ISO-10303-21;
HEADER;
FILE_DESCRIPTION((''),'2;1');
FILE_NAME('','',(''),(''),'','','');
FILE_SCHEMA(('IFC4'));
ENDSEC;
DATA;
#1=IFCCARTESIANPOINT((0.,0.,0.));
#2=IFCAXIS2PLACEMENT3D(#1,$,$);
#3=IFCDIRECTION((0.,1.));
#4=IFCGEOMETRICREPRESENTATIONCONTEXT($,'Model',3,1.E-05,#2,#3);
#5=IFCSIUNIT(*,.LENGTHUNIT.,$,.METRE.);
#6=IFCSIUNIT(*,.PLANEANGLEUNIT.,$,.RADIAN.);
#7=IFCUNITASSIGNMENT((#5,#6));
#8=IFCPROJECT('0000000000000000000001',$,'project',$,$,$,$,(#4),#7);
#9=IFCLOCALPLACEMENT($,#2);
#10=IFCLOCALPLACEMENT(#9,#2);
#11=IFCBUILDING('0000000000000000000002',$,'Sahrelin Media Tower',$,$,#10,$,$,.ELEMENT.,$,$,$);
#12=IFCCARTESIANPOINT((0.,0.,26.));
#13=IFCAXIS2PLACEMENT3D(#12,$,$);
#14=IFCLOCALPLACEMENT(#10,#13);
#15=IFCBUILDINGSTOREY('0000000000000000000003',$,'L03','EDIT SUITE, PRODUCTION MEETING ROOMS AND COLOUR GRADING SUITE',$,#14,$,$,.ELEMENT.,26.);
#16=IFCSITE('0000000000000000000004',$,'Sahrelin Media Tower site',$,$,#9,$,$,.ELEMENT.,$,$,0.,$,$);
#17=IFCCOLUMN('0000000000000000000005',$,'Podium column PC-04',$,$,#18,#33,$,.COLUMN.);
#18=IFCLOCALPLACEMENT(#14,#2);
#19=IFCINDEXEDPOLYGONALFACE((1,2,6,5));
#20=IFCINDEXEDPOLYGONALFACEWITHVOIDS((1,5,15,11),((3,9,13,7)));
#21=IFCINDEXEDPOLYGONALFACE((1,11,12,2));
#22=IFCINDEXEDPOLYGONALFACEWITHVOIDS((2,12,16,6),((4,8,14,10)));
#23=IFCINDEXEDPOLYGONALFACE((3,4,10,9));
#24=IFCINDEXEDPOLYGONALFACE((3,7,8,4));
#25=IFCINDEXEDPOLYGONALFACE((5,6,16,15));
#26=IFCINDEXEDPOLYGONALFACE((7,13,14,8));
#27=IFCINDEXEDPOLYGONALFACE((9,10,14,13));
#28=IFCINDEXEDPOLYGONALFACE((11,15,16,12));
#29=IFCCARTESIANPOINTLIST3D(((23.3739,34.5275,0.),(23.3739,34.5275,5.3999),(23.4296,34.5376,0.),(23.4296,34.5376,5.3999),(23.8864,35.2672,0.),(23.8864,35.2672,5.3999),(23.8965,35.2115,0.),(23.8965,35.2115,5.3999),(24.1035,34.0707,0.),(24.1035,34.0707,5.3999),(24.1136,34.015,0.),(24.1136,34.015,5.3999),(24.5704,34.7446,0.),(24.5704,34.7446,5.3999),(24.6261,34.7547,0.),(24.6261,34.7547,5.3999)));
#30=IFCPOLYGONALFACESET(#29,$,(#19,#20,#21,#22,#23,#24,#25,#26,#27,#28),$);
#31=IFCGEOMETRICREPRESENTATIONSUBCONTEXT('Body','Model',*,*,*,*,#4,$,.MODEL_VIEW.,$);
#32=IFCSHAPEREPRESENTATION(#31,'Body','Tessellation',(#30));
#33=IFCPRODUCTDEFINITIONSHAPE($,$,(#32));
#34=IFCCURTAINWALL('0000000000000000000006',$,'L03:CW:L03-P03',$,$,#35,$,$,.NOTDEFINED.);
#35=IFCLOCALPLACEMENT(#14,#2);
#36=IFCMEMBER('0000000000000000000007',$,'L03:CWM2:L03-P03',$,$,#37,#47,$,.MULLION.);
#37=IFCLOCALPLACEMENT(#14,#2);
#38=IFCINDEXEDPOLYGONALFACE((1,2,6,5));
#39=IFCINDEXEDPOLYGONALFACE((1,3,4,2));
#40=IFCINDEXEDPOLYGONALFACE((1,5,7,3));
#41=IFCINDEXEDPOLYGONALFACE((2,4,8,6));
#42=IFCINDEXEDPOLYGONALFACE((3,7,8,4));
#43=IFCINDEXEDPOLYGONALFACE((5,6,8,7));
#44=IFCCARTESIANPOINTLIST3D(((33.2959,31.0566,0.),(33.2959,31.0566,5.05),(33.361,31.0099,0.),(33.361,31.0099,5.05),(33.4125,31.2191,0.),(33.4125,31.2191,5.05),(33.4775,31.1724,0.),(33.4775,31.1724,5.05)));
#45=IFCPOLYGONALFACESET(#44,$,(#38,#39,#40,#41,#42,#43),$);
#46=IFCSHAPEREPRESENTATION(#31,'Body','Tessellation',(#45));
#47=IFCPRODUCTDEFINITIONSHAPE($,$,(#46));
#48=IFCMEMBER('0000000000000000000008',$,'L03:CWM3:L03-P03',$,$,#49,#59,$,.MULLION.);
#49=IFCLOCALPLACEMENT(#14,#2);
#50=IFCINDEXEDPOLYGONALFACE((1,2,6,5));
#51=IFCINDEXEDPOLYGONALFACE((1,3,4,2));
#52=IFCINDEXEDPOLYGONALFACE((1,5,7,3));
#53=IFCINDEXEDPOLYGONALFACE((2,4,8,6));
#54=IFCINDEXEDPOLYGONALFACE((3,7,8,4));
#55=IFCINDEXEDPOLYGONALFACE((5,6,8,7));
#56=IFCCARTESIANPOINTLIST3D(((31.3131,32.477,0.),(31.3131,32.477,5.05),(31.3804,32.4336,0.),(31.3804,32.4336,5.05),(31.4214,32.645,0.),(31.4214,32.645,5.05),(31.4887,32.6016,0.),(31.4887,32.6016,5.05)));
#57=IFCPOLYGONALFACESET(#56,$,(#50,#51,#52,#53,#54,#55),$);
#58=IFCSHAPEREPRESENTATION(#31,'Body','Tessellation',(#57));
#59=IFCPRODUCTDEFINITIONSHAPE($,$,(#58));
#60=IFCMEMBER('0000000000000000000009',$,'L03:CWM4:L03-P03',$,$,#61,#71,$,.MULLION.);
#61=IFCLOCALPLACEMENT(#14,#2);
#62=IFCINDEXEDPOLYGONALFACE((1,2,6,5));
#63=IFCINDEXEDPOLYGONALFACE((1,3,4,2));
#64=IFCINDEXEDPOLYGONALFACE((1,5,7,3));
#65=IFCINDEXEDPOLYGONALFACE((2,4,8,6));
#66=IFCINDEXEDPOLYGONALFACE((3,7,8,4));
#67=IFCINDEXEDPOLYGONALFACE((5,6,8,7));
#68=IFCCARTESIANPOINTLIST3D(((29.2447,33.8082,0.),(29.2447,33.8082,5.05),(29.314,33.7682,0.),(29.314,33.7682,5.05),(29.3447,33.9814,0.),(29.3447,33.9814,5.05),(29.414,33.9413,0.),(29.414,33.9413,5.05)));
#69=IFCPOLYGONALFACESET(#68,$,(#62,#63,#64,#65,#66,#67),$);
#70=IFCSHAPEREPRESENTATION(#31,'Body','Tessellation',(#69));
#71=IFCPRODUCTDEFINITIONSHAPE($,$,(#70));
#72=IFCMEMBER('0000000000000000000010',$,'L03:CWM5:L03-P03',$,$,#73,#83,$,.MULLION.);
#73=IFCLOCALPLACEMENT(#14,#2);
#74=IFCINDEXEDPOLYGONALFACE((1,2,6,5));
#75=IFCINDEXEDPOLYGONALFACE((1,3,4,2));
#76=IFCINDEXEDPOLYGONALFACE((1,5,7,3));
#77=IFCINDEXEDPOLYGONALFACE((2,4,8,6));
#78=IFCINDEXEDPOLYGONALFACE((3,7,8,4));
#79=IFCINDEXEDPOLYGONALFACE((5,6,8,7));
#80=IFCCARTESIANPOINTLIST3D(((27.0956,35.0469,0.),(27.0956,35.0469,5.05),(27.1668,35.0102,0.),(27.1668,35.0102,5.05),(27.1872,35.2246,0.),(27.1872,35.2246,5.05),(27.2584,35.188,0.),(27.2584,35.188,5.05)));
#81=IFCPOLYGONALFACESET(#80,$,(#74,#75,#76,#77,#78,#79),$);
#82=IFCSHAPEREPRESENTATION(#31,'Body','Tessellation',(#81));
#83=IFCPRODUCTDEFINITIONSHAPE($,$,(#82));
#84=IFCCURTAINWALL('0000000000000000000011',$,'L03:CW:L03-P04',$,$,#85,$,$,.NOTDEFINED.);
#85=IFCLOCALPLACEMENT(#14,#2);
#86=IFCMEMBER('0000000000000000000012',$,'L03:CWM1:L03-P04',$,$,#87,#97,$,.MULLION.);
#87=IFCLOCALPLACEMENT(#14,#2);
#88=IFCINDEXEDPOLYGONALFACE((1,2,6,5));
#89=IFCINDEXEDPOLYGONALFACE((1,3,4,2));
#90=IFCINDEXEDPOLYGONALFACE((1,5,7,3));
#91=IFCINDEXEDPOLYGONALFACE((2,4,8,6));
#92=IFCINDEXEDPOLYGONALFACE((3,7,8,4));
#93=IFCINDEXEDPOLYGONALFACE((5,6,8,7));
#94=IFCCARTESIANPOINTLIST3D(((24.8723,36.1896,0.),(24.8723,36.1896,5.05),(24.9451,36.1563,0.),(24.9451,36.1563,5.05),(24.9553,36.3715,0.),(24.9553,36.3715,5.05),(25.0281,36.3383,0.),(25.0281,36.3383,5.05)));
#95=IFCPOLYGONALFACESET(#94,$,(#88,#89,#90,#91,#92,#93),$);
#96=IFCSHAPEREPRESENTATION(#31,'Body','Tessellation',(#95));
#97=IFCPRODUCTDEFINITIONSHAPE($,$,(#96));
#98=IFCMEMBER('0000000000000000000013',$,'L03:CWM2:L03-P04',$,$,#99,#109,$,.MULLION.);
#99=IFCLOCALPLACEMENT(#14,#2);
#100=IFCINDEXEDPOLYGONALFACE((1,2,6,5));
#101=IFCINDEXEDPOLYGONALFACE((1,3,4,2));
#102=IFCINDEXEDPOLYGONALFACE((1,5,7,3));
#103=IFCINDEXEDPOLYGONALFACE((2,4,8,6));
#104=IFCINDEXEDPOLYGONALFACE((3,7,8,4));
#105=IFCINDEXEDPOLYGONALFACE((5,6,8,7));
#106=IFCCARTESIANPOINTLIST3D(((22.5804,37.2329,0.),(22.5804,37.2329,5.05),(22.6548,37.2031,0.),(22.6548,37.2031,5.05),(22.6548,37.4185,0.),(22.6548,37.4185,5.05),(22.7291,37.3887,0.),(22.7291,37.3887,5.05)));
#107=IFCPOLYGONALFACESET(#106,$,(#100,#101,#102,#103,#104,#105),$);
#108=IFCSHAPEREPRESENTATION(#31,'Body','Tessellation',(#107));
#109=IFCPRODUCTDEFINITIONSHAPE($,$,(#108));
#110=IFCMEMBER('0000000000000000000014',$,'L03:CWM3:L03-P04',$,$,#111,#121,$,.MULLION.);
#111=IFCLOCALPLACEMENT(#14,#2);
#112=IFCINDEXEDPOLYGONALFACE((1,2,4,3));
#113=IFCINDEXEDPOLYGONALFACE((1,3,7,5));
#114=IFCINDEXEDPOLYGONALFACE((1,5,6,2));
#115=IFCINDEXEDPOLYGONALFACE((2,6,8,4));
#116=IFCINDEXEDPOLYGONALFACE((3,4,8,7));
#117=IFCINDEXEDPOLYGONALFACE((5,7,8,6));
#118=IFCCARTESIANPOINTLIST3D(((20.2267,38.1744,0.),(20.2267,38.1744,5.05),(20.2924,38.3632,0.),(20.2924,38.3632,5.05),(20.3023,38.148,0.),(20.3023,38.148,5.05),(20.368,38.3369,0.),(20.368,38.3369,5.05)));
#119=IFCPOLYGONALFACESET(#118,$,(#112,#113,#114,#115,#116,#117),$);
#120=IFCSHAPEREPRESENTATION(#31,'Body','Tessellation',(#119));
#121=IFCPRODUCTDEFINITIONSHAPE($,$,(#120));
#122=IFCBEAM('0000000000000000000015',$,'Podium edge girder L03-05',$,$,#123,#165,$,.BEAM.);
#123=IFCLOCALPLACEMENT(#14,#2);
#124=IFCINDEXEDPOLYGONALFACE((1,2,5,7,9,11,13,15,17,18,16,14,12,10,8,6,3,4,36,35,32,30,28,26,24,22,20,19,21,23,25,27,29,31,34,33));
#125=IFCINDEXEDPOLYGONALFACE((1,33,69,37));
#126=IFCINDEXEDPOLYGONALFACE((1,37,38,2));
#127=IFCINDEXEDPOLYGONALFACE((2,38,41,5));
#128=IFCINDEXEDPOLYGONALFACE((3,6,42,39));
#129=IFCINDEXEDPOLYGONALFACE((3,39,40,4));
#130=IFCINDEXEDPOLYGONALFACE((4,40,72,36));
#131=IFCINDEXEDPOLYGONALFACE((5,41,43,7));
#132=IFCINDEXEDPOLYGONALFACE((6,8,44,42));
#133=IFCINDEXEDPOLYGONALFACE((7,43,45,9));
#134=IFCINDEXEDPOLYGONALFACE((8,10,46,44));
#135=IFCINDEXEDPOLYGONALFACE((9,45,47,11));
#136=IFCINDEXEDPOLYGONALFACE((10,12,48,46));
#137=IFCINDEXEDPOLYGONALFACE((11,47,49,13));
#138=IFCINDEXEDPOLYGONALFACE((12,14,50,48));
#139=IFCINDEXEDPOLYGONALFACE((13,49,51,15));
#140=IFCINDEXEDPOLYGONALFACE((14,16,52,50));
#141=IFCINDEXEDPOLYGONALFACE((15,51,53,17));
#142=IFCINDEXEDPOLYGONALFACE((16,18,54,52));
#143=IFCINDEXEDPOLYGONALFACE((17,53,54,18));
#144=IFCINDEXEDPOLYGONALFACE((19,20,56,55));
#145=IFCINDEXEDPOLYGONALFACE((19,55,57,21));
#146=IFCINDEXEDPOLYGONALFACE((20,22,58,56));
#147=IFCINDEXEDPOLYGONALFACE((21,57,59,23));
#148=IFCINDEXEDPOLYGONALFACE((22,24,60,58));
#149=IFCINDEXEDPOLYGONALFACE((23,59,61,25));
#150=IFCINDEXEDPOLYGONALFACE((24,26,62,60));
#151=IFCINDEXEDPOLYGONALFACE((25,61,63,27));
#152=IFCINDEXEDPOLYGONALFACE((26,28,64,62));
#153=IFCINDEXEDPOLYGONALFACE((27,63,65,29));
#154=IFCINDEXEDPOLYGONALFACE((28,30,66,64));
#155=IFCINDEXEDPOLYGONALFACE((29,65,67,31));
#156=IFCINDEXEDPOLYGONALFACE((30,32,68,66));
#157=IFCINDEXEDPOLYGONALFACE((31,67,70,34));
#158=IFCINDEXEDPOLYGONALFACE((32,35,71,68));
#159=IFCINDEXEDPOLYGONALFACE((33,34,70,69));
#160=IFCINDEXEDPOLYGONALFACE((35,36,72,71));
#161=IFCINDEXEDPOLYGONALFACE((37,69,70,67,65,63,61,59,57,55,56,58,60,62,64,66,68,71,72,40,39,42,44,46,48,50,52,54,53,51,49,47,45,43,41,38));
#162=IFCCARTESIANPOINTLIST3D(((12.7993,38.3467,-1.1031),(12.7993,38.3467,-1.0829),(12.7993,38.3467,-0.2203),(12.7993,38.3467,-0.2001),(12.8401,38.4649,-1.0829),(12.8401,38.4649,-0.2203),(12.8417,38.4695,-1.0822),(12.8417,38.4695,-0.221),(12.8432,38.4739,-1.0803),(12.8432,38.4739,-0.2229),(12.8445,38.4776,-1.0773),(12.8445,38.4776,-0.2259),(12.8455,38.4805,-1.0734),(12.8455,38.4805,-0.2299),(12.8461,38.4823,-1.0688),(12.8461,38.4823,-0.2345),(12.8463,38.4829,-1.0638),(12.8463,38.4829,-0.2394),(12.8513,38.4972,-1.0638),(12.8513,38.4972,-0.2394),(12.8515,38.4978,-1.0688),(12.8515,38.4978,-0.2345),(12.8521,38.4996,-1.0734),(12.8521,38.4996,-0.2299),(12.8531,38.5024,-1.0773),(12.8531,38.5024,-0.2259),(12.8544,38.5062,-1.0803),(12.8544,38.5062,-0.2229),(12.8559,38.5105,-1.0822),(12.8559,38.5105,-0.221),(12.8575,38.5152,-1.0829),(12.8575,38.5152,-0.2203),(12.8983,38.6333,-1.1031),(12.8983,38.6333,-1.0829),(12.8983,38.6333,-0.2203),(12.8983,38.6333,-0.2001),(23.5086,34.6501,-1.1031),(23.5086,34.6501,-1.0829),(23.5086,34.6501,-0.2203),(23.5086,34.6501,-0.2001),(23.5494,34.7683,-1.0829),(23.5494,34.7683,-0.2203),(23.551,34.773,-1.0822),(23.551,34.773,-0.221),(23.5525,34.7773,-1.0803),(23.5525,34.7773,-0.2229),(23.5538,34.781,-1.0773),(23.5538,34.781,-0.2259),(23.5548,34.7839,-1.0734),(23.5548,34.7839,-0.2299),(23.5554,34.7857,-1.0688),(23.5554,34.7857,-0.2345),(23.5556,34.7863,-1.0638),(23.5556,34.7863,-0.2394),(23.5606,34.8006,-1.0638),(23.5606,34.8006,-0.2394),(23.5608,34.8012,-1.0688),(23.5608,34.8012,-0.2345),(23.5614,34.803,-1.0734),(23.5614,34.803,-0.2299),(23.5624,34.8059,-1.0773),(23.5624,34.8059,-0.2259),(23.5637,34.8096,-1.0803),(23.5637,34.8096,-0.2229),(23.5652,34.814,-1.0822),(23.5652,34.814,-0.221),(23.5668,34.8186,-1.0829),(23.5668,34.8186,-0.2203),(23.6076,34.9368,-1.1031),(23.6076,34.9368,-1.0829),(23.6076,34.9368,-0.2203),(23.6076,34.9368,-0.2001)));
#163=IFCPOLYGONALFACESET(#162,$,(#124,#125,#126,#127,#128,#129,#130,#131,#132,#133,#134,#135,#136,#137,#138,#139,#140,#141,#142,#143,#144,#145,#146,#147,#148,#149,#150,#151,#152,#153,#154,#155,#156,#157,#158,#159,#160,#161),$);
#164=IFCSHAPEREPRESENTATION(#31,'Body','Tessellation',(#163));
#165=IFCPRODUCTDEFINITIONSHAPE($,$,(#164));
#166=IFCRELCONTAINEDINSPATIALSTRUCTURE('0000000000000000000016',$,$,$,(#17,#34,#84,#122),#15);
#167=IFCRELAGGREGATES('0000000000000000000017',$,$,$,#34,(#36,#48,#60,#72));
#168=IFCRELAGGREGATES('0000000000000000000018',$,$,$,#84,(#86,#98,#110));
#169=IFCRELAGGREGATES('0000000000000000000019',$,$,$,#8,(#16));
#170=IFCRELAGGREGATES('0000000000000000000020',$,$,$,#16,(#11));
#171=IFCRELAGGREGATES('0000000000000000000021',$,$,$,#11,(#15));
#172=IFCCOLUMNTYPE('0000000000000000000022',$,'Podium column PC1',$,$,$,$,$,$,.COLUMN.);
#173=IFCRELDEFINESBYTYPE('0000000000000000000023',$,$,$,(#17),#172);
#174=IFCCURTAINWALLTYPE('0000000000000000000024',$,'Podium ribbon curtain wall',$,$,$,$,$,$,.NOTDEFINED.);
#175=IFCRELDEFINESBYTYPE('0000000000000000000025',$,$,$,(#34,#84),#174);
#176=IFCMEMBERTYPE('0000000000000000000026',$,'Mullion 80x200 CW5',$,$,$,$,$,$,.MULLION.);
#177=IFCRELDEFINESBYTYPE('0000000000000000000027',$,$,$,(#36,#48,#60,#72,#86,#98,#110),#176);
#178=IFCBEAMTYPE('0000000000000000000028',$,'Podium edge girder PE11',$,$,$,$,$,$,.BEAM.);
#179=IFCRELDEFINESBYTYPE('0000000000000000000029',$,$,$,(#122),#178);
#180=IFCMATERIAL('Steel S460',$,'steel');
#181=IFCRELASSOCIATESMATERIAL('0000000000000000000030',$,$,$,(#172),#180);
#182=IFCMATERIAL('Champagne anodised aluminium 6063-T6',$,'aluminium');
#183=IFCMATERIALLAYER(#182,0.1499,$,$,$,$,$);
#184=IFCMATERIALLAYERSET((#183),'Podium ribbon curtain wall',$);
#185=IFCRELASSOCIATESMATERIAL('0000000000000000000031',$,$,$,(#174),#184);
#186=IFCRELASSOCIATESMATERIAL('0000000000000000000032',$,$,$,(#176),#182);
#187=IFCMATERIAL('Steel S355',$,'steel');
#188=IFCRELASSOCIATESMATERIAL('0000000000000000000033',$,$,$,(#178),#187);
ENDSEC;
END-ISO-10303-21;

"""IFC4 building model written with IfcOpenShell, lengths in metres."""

from ifc_helpers import new_model, si_unit, direction, frame, origin, origin_2d, place, context, subcontext, project, spatial, rectangle, hollow_rectangle, i_section, extrude, material, layer, layer_set, material_profile, profile_set, type_object, element, aggregate, save


model = new_model("IFC4")

# Units and contexts
model_context = context("Model", 3, precision=1e-05, world=origin(), true_north=direction((0.0, 1.0)))
body_context = subcontext(model_context, "Body", "Model", "MODEL_VIEW")
ifc_project = project(units=[si_unit("LENGTHUNIT", "METRE"), si_unit("PLANEANGLEUNIT", "RADIAN")], contexts=[model_context])

# Site, building, storey
site_placement = place(None, origin())
site = spatial("IfcSite", under=ifc_project, at=site_placement, Name="Sahrelin Media Tower site", CompositionType="ELEMENT", RefElevation=0.0)
building_placement = place(site_placement, origin())
building = spatial("IfcBuilding", under=site, at=building_placement, Name="Sahrelin Media Tower", CompositionType="ELEMENT")
storey_placement = place(building_placement, frame((0.0, 0.0, 26.0)))
storey = spatial("IfcBuildingStorey", under=building, at=storey_placement, Name="L03", Description="EDIT SUITE, PRODUCTION MEETING ROOMS AND COLOUR GRADING SUITE", CompositionType="ELEMENT", Elevation=26.0)

# Column
ifc_material_1 = material(Name="Steel S460", Category="steel")
ifc_material_profile_1 = material_profile(ifc_material_1, hollow_rectangle(XDim=0.8999, YDim=0.8999, WallThickness=0.04, at=origin_2d()), Name="Podium column PC1")
ifc_profile_set_1 = profile_set([ifc_material_profile_1], Name="Steel S460")
column_type = type_object("IfcColumnType", Name="Podium column PC1", PredefinedType="COLUMN", material=ifc_profile_set_1)
column_placement = place(storey_placement, frame((24.0, 34.6411, 0.0), z_axis=(0.0, 0.0, 1.0), x_axis=(0.569495, 0.821995, 0.0)))
element("IfcColumn", 1, at=column_placement, inside=storey, type_object=column_type, Name="Podium column PC-04", PredefinedType="COLUMN", context=body_context, shape_type="SweptSolid", body=[
    extrude(hollow_rectangle(XDim=0.8999, YDim=0.8999, WallThickness=0.04, at=origin_2d()), origin(), (0.0, 0.0, 1.0), 5.3999),
])

# Curtain walls, members
ifc_material_2 = material(Name="Champagne anodised aluminium 6063-T6", Category="aluminium")
ifc_layer_1 = layer(ifc_material_2, 0.1499)
ifc_layer_set_1 = layer_set([ifc_layer_1], Name="Podium ribbon curtain wall")
curtain_wall_type = type_object("IfcCurtainWallType", Name="Podium ribbon curtain wall", PredefinedType="NOTDEFINED", material=ifc_layer_set_1)
curtain_wall_1_placement = place(storey_placement, frame((35.3552, 29.6985, 0.0), z_axis=(0.0, 0.0, 1.0), x_axis=(1.0, 0.0, 0.0)))
curtain_wall_1 = element("IfcCurtainWall", 2, at=curtain_wall_1_placement, inside=storey, type_object=curtain_wall_type, Name="L03:CW:L03-P03", PredefinedType="NOTDEFINED")
ifc_material_profile_2 = material_profile(ifc_material_2, rectangle(XDim=0.0801, YDim=0.2, at=origin_2d()), Name="Mullion 80x200")
ifc_profile_set_2 = profile_set([ifc_material_profile_2], Name="Champagne anodised aluminium 6063-T6")
member_type_1 = type_object("IfcMemberType", Name="Mullion 80x200 CW5", PredefinedType="MULLION", material=ifc_profile_set_2)
member_1_placement = place(storey_placement, frame((33.3867, 31.1145, 0.0), z_axis=(0.0, 0.0, 1.0), x_axis=(-0.812532, 0.582916, 0.0)))
member_1 = element("IfcMember", 3, at=member_1_placement, type_object=member_type_1, Name="L03:CWM2:L03-P03", PredefinedType="MULLION", context=body_context, shape_type="SweptSolid", body=[
    extrude(rectangle(XDim=0.0801, YDim=0.2, at=origin_2d()), origin(), (0.0, 0.0, 1.0), 5.05),
])
member_2_placement = place(storey_placement, frame((31.4009, 32.5393, 0.0), z_axis=(0.0, 0.0, 1.0), x_axis=(-0.840519, 0.541782, 0.0)))
member_2 = element("IfcMember", 4, at=member_2_placement, type_object=member_type_1, Name="L03:CWM3:L03-P03", PredefinedType="MULLION", context=body_context, shape_type="SweptSolid", body=[
    extrude(rectangle(XDim=0.0801, YDim=0.2, at=origin_2d()), origin(), (0.0, 0.0, 1.0), 5.05),
])
member_3_placement = place(storey_placement, frame((29.3293, 33.8748, 0.0), z_axis=(0.0, 0.0, 1.0), x_axis=(-0.866029, 0.499994, 0.0)))
member_3 = element("IfcMember", 5, at=member_3_placement, type_object=member_type_1, Name="L03:CWM4:L03-P03", PredefinedType="MULLION", context=body_context, shape_type="SweptSolid", body=[
    extrude(rectangle(XDim=0.0801, YDim=0.2, at=origin_2d()), origin(), (0.0, 0.0, 1.0), 5.05),
])
member_4_placement = place(storey_placement, frame((27.177, 35.1174, 0.0), z_axis=(0.0, 0.0, 1.0), x_axis=(-0.889123, 0.457668, 0.0)))
member_4 = element("IfcMember", 6, at=member_4_placement, type_object=member_type_1, Name="L03:CWM5:L03-P03", PredefinedType="MULLION", context=body_context, shape_type="SweptSolid", body=[
    extrude(rectangle(XDim=0.0801, YDim=0.2, at=origin_2d()), origin(), (0.0, 0.0, 1.0), 5.05),
])
curtain_wall_2_placement = place(storey_placement, frame((25.0, 36.373, 0.0), z_axis=(0.0, 0.0, 1.0), x_axis=(1.0, 0.0, 0.0)))
curtain_wall_2 = element("IfcCurtainWall", 7, at=curtain_wall_2_placement, inside=storey, type_object=curtain_wall_type, Name="L03:CW:L03-P04", PredefinedType="NOTDEFINED")
member_5_placement = place(storey_placement, frame((24.9502, 36.2639, 0.0), z_axis=(0.0, 0.0, 1.0), x_axis=(-0.909842, 0.414955, 0.0)))
member_5 = element("IfcMember", 8, at=member_5_placement, type_object=member_type_1, Name="L03:CWM1:L03-P04", PredefinedType="MULLION", context=body_context, shape_type="SweptSolid", body=[
    extrude(rectangle(XDim=0.0801, YDim=0.2, at=origin_2d()), origin(), (0.0, 0.0, 1.0), 5.05),
])
member_6_placement = place(storey_placement, frame((22.6548, 37.3108, 0.0), z_axis=(0.0, 0.0, 1.0), x_axis=(-0.92827, 0.371906, 0.0)))
member_6 = element("IfcMember", 9, at=member_6_placement, type_object=member_type_1, Name="L03:CWM2:L03-P04", PredefinedType="MULLION", context=body_context, shape_type="SweptSolid", body=[
    extrude(rectangle(XDim=0.0801, YDim=0.2, at=origin_2d()), origin(), (0.0, 0.0, 1.0), 5.05),
])
member_7_placement = place(storey_placement, frame((20.2974, 38.2556, 0.0), z_axis=(0.0, 0.0, 1.0), x_axis=(-0.944458, 0.328631, 0.0)))
member_7 = element("IfcMember", 10, at=member_7_placement, type_object=member_type_1, Name="L03:CWM3:L03-P04", PredefinedType="MULLION", context=body_context, shape_type="SweptSolid", body=[
    extrude(rectangle(XDim=0.0801, YDim=0.2, at=origin_2d()), origin(), (0.0, 0.0, 1.0), 5.05),
])

# Beam
ifc_material_3 = material(Name="Steel S355", Category="steel")
ifc_material_profile_3 = material_profile(ifc_material_3, i_section(OverallWidth=0.3032, OverallDepth=0.9031, WebThickness=0.0151, FlangeThickness=0.0203, FilletRadius=0.019, at=origin_2d()), Name="UB 914x305x201")
ifc_profile_set_3 = profile_set([ifc_material_profile_3], Name="Steel S355")
beam_type_1 = type_object("IfcBeamType", Name="Podium edge girder PE11", PredefinedType="BEAM", material=ifc_profile_set_3)
beam_1_placement = place(storey_placement, frame((23.5581, 34.7935, -0.6516), z_axis=(-0.945272, 0.326282, 0.0), x_axis=(-0.326282, -0.945272, 0.0)))
element("IfcBeam", 11, at=beam_1_placement, inside=storey, type_object=beam_type_1, Name="Podium edge girder L03-05", PredefinedType="BEAM", context=body_context, shape_type="SweptSolid", body=[
    extrude(i_section(OverallWidth=0.3032, OverallDepth=0.9031, WebThickness=0.0151, FlangeThickness=0.0203, FilletRadius=0.019, at=origin_2d()), origin(), (0.0, 0.0, 1.0), 11.3293),
])

aggregate(curtain_wall_1, [member_1, member_2, member_3, member_4])
aggregate(curtain_wall_2, [member_5, member_6, member_7])

save(model, "model.ifc")
